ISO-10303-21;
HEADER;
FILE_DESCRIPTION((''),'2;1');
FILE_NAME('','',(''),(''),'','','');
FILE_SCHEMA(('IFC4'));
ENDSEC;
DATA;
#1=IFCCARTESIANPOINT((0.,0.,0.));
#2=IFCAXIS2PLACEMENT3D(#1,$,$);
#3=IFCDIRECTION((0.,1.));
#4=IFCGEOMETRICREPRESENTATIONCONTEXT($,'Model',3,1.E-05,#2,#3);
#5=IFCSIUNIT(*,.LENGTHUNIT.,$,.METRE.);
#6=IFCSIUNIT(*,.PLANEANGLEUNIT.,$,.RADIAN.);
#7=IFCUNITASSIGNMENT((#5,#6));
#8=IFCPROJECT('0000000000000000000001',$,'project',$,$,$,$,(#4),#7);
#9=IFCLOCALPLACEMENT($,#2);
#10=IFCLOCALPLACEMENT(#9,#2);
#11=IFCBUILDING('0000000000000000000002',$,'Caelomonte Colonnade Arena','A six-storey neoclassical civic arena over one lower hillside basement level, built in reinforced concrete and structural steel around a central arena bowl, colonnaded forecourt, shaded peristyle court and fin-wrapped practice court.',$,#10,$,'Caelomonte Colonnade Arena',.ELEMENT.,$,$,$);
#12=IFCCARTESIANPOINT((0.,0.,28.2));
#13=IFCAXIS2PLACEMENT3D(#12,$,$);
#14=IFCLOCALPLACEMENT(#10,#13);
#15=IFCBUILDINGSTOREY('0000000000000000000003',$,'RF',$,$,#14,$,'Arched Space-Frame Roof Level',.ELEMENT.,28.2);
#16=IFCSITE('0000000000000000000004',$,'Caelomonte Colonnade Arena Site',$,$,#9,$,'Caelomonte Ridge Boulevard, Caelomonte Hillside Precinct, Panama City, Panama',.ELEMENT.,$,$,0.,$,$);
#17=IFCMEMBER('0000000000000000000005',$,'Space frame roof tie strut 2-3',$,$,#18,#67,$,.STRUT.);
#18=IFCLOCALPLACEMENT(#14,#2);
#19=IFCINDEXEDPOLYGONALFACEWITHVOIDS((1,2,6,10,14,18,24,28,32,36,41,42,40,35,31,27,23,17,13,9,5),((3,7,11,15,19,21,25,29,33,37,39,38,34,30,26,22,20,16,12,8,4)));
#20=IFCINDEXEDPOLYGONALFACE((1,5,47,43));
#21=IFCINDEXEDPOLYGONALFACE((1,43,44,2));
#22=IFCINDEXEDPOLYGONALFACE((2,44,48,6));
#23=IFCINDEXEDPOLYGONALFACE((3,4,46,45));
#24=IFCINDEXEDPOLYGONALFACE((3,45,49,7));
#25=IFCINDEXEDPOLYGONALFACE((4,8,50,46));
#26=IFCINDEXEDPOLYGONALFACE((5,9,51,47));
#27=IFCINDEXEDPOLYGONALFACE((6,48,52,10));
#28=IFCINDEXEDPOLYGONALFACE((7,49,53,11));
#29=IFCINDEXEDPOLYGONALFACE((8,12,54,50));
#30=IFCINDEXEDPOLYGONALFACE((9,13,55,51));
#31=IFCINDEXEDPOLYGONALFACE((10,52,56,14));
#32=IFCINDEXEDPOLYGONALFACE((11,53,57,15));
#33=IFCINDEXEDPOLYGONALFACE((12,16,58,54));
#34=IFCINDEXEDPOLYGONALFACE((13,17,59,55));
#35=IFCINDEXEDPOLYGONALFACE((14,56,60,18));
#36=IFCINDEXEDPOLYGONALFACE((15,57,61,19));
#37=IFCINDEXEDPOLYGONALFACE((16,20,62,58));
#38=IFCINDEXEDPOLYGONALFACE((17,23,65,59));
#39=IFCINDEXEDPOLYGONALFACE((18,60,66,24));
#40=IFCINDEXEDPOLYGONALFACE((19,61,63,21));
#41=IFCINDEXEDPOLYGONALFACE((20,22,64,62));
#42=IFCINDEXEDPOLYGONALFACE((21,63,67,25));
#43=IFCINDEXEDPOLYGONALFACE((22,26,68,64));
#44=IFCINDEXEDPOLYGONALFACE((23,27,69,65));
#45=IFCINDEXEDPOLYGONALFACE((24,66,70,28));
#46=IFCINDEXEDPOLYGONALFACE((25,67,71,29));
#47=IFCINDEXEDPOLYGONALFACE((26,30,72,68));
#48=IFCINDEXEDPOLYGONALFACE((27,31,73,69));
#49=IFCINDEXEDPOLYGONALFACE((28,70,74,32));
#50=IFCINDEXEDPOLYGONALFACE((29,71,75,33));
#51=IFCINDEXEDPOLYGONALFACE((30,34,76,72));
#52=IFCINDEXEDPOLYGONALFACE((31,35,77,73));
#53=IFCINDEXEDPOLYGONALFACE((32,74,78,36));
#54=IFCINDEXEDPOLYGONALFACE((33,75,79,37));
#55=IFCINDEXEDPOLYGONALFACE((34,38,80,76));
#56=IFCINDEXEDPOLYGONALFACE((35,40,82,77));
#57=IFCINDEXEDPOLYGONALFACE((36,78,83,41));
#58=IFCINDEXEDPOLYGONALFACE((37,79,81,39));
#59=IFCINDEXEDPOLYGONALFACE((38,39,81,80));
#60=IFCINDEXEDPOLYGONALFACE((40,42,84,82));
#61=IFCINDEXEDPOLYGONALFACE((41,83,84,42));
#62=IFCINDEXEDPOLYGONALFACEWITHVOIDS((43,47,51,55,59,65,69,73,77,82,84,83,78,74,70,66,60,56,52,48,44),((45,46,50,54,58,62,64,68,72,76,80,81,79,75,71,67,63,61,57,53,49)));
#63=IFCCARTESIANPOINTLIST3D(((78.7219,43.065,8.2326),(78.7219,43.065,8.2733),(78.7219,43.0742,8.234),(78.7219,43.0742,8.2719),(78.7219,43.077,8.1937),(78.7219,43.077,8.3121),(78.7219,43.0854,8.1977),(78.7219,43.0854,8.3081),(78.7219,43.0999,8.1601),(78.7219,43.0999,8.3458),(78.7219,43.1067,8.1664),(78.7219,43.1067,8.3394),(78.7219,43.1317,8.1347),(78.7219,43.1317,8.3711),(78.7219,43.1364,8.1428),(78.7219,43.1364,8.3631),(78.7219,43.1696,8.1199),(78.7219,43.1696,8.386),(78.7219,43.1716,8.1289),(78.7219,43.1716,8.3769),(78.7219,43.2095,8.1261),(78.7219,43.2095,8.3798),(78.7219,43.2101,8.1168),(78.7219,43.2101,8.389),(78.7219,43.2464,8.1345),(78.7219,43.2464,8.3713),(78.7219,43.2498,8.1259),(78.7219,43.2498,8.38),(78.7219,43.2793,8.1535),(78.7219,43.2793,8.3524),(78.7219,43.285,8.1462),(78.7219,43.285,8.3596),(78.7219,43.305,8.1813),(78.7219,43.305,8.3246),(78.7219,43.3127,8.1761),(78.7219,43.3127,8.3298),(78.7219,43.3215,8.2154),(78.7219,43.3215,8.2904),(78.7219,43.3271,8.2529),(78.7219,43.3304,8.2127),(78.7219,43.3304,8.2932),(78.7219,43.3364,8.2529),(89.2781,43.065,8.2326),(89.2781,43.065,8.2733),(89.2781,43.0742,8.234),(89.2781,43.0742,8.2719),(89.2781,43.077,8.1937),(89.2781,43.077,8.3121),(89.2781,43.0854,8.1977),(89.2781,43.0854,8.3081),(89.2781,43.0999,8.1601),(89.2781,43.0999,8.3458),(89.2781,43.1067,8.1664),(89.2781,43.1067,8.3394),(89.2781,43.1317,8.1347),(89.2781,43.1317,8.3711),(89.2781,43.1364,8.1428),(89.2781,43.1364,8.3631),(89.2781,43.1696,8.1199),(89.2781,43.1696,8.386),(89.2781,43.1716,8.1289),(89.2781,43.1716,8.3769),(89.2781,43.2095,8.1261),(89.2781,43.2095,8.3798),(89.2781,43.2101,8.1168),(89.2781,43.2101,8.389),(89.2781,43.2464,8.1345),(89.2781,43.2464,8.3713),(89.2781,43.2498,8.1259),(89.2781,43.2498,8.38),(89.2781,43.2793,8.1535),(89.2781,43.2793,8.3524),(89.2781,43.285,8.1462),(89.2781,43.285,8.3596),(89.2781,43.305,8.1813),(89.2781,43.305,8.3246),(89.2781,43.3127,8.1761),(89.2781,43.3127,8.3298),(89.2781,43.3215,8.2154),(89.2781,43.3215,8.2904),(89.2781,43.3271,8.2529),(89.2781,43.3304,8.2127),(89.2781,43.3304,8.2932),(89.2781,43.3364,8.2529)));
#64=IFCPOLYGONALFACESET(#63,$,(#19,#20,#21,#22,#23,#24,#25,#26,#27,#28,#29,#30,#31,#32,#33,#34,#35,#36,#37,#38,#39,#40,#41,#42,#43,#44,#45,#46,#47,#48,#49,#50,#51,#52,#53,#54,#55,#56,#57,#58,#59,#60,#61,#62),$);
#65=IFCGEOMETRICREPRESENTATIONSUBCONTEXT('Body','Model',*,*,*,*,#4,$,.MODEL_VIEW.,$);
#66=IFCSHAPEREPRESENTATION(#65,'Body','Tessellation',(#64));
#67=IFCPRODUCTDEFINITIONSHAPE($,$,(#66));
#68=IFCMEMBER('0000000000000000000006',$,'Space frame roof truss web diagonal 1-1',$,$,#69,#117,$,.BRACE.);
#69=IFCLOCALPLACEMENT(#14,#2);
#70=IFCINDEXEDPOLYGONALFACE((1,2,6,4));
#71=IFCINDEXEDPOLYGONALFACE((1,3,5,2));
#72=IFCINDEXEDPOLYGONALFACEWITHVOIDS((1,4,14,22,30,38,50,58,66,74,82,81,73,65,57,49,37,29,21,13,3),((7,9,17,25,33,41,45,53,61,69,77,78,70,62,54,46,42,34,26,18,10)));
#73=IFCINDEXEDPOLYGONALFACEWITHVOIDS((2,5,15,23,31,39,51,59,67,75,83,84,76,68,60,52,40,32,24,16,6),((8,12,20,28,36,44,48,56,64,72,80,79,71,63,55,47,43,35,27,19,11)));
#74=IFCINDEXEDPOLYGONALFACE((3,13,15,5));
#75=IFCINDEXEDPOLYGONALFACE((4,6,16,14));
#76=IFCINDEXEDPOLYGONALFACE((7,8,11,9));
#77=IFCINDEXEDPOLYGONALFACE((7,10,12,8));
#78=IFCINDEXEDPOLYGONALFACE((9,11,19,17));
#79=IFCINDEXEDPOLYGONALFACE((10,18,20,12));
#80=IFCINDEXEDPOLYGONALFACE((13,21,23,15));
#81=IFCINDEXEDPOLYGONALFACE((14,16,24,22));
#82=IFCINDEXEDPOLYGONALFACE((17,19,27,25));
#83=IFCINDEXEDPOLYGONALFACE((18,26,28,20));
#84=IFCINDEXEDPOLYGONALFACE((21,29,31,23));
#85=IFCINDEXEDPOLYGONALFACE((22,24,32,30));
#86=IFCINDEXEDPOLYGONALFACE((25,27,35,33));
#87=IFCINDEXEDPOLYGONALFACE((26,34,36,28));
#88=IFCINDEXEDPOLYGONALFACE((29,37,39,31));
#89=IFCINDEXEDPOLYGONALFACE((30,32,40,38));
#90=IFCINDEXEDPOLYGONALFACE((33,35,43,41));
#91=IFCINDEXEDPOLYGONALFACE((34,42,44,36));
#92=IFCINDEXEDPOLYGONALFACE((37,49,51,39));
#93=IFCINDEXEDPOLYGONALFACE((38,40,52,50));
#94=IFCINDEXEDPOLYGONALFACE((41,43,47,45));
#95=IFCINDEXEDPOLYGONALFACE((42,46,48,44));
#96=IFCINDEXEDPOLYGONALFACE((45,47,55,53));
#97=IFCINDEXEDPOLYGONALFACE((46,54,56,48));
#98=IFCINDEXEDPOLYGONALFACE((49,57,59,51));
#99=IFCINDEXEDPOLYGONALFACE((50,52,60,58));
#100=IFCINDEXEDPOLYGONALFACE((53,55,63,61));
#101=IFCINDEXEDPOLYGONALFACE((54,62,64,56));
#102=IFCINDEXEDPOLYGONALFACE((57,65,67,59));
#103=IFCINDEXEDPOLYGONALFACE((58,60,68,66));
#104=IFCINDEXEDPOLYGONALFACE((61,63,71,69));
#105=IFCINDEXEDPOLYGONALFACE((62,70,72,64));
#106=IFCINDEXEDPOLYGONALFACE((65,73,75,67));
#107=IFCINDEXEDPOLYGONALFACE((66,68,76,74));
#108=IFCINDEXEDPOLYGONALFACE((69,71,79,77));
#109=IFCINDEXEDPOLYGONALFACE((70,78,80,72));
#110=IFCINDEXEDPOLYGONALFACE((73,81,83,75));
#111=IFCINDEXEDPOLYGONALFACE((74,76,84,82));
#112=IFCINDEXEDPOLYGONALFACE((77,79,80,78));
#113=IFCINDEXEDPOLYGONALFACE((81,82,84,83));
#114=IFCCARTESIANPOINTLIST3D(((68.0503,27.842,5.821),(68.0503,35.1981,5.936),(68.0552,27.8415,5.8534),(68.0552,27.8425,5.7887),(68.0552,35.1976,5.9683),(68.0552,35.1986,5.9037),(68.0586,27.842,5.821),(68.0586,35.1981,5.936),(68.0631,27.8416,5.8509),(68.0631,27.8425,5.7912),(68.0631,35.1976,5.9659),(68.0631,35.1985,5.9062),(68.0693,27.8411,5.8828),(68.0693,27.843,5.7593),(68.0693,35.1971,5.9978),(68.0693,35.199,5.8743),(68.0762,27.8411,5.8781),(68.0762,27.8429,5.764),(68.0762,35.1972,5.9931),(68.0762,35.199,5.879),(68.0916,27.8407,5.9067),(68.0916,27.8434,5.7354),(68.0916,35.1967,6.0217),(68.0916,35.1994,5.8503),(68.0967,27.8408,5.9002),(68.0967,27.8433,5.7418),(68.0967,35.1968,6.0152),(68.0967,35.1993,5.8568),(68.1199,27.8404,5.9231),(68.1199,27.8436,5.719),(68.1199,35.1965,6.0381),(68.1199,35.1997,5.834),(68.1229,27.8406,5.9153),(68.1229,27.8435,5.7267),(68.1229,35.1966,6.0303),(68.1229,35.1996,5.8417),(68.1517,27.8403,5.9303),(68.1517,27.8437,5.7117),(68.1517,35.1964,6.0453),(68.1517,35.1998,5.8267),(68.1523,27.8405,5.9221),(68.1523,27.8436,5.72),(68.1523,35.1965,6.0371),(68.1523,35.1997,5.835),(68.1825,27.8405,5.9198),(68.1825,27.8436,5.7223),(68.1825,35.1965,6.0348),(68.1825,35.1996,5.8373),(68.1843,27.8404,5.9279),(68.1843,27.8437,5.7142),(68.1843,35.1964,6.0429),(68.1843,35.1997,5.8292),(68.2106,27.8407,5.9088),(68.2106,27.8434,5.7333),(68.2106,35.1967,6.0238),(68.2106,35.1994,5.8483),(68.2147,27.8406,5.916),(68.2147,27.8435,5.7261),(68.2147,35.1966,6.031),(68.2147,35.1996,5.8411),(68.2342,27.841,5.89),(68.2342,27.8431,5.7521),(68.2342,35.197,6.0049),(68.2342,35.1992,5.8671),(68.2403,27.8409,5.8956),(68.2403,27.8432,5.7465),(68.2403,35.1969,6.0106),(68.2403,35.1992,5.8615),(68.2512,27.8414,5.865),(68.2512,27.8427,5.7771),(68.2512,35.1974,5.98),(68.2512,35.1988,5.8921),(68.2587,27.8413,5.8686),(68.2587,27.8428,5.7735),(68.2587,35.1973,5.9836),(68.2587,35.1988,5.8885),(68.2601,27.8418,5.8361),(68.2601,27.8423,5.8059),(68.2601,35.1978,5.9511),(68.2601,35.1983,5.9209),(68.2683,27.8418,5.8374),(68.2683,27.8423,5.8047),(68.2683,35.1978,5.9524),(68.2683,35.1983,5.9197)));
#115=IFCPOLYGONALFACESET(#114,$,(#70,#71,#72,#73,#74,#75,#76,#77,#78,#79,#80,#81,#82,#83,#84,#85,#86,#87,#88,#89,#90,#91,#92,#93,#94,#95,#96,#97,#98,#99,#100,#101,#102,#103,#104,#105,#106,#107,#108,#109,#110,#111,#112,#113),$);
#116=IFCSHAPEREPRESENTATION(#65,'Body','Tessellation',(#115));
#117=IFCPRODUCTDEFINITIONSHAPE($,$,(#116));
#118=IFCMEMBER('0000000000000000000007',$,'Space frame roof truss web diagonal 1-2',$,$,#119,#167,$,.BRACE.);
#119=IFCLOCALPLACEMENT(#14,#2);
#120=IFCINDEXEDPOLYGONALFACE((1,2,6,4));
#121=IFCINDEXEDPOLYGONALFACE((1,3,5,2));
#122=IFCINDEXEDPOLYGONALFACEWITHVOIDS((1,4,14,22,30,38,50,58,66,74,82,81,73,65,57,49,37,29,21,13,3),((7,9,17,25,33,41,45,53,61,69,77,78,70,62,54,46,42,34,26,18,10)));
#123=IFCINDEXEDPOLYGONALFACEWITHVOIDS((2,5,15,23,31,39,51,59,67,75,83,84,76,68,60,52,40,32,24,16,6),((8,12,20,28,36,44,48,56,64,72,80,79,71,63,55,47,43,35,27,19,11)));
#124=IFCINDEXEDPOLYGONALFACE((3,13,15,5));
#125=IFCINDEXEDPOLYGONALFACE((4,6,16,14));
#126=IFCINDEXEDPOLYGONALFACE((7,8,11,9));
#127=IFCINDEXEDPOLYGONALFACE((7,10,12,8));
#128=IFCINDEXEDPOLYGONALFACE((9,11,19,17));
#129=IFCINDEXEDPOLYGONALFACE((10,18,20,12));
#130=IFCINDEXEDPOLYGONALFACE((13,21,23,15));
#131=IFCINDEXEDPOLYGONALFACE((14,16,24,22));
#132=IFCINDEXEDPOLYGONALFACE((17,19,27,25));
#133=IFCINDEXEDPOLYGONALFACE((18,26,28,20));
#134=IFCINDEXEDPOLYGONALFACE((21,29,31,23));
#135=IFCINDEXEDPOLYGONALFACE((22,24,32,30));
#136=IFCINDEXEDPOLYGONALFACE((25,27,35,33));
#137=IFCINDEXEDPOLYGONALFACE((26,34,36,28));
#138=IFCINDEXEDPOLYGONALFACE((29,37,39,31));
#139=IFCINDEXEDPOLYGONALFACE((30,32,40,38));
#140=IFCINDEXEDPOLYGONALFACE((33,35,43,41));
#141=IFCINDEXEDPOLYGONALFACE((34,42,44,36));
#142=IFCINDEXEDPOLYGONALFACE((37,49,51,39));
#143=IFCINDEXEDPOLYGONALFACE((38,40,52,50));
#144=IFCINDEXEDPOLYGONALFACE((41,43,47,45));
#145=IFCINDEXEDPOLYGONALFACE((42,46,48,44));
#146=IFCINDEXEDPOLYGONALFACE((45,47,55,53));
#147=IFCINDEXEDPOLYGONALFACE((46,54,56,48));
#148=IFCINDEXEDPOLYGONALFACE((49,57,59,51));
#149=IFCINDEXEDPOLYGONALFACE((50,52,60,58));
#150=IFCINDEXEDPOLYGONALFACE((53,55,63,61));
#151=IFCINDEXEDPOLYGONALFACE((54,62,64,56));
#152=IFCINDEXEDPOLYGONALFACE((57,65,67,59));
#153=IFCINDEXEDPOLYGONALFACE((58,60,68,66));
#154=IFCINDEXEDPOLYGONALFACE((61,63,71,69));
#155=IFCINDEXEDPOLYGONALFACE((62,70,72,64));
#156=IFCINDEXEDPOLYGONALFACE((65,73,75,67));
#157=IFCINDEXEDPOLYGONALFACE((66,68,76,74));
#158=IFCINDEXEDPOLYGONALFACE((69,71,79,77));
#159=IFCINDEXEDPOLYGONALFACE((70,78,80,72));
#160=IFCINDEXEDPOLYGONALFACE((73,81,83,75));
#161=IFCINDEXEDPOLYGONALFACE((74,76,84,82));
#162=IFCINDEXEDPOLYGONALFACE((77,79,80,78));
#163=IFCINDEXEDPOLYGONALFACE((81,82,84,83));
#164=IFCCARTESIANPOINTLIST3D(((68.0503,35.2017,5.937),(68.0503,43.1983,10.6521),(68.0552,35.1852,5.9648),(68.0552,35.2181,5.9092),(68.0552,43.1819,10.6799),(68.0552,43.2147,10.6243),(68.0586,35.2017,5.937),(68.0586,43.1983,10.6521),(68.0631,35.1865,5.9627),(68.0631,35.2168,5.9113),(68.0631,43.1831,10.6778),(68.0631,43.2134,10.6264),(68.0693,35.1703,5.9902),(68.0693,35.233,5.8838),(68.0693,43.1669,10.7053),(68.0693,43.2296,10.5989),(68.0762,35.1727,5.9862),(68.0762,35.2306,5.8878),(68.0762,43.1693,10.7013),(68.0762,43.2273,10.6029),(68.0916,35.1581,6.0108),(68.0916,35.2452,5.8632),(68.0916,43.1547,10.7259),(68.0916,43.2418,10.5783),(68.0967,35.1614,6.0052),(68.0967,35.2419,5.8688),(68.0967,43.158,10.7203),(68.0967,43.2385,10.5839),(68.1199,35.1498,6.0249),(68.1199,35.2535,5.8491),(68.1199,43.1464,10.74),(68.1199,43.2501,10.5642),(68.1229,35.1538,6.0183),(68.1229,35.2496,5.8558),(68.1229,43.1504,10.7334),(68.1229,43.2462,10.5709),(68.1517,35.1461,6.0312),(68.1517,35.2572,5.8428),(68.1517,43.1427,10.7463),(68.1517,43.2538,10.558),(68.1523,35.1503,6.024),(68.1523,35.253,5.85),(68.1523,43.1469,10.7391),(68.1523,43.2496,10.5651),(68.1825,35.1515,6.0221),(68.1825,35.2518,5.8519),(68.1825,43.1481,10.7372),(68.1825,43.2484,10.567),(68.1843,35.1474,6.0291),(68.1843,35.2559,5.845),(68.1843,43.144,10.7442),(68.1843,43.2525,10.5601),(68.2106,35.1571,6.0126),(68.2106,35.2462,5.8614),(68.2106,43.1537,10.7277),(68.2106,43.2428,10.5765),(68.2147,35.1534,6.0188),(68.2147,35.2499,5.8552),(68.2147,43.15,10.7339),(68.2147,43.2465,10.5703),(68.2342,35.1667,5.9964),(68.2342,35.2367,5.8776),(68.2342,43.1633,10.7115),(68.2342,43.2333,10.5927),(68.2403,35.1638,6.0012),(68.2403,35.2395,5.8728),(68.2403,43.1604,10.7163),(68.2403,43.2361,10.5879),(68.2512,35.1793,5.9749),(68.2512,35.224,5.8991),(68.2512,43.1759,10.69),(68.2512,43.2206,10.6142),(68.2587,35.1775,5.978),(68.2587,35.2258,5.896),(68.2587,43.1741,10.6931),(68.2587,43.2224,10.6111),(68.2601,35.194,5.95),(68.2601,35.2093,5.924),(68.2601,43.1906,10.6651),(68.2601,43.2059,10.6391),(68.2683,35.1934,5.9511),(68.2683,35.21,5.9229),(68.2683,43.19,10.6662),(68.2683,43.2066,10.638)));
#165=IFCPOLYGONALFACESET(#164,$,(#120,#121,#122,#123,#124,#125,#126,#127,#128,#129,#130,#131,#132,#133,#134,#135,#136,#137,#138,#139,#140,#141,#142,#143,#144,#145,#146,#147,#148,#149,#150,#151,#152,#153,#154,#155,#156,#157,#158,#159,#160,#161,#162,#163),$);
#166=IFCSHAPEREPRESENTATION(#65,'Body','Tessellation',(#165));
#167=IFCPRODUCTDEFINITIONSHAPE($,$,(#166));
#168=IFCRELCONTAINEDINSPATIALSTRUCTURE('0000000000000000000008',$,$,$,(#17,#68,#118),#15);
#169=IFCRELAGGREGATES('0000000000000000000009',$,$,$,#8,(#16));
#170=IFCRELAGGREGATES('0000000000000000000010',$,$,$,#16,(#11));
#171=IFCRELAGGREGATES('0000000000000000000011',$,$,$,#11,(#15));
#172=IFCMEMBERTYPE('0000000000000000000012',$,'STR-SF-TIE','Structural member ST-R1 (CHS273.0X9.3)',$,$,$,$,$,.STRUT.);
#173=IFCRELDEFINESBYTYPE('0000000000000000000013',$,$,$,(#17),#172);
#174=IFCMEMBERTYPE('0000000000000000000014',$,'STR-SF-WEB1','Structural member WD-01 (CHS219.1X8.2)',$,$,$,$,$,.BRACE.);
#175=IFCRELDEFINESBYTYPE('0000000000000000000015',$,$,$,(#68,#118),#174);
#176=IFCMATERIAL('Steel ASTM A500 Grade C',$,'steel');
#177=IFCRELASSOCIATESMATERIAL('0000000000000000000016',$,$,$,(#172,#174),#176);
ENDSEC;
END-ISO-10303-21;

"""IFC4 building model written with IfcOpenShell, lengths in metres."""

from ifc_helpers import new_model, si_unit, direction, frame, origin, origin_2d, place, context, subcontext, project, spatial, hollow_circle, extrude, material, material_profile, profile_set, type_object, element, save


model = new_model("IFC4")

# Units and contexts
model_context = context("Model", 3, precision=1e-05, world=origin(), true_north=direction((0.0, 1.0)))
body_context = subcontext(model_context, "Body", "Model", "MODEL_VIEW")
ifc_project = project(units=[si_unit("LENGTHUNIT", "METRE"), si_unit("PLANEANGLEUNIT", "RADIAN")], contexts=[model_context])

# Site, building, storey
site_placement = place(None, origin())
site = spatial("IfcSite", under=ifc_project, at=site_placement, Name="Caelomonte Colonnade Arena Site", LongName="Caelomonte Ridge Boulevard, Caelomonte Hillside Precinct, Panama City, Panama", CompositionType="ELEMENT", RefElevation=0.0)
building_placement = place(site_placement, origin())
building = spatial("IfcBuilding", under=site, at=building_placement, Name="Caelomonte Colonnade Arena", Description="A six-storey neoclassical civic arena over one lower hillside basement level, built in reinforced concrete and structural steel around a central arena bowl, colonnaded forecourt, shaded peristyle court and fin-wrapped practice court.", LongName="Caelomonte Colonnade Arena", CompositionType="ELEMENT")
storey_placement = place(building_placement, frame((0.0, 0.0, 28.2)))
storey = spatial("IfcBuildingStorey", under=building, at=storey_placement, Name="RF", LongName="Arched Space-Frame Roof Level", CompositionType="ELEMENT", Elevation=28.2)

# Members
ifc_material_1 = material(Name="Steel ASTM A500 Grade C", Category="steel")
ifc_material_profile_1 = material_profile(ifc_material_1, hollow_circle(Radius=0.1365, WallThickness=0.0093, at=origin_2d()), Name="CHS273.0X9.3")
ifc_profile_set_1 = profile_set([ifc_material_profile_1], Name="Steel ASTM A500 Grade C")
member_type_1 = type_object("IfcMemberType", Name="STR-SF-TIE", Description="Structural member ST-R1 (CHS273.0X9.3)", PredefinedType="STRUT", material=ifc_profile_set_1)
for number, where, z_axis, x_axis, name in (
    (1, (78.7219, 43.2, 8.2529), (1.0, 0.0, 0.0), (0.0, 1.0, 0.0), "Space frame roof tie strut 2-3"),
):
    element("IfcMember", number, at=place(storey_placement, frame(where, z_axis=z_axis, x_axis=x_axis)), inside=storey, type_object=member_type_1, Name=name, PredefinedType="STRUT", context=body_context, shape_type="SweptSolid", body=[
        extrude(hollow_circle(Radius=0.1365, WallThickness=0.0093, at=origin_2d()), origin(), (0.0, 0.0, 1.0), 10.5562),
    ])
ifc_material_profile_2 = material_profile(ifc_material_1, hollow_circle(Radius=0.1096, WallThickness=0.0083, at=origin_2d()), Name="CHS219.1X8.2")
ifc_profile_set_2 = profile_set([ifc_material_profile_2], Name="Steel ASTM A500 Grade C")
member_type_2 = type_object("IfcMemberType", Name="STR-SF-WEB1", Description="Structural member WD-01 (CHS219.1X8.2)", PredefinedType="BRACE", material=ifc_profile_set_2)
member_1_placement = place(storey_placement, frame((68.1599, 27.842, 5.821), z_axis=(0.0, 0.999878, 0.01563), x_axis=(-1.0, 0.0, 0.0)))
element("IfcMember", 2, at=member_1_placement, inside=storey, type_object=member_type_2, Name="Space frame roof truss web diagonal 1-1", PredefinedType="BRACE", context=body_context, shape_type="SweptSolid", body=[
    extrude(hollow_circle(Radius=0.1096, WallThickness=0.0083, at=origin_2d()), origin(), (0.0, 0.0, 1.0), 7.3569),
])
for number, where, z_axis, x_axis, name in (
    (3, (68.1599, 35.2017, 5.937), (0.0, 0.861406, 0.507917), (-1.0, 0.0, 0.0), "Space frame roof truss web diagonal 1-2"),
):
    element("IfcMember", number, at=place(storey_placement, frame(where, z_axis=z_axis, x_axis=x_axis)), inside=storey, type_object=member_type_2, Name=name, PredefinedType="BRACE", context=body_context, shape_type="SweptSolid", body=[
        extrude(hollow_circle(Radius=0.1096, WallThickness=0.0083, at=origin_2d()), origin(), (0.0, 0.0, 1.0), 9.2832),
    ])

save(model, "model.ifc")
